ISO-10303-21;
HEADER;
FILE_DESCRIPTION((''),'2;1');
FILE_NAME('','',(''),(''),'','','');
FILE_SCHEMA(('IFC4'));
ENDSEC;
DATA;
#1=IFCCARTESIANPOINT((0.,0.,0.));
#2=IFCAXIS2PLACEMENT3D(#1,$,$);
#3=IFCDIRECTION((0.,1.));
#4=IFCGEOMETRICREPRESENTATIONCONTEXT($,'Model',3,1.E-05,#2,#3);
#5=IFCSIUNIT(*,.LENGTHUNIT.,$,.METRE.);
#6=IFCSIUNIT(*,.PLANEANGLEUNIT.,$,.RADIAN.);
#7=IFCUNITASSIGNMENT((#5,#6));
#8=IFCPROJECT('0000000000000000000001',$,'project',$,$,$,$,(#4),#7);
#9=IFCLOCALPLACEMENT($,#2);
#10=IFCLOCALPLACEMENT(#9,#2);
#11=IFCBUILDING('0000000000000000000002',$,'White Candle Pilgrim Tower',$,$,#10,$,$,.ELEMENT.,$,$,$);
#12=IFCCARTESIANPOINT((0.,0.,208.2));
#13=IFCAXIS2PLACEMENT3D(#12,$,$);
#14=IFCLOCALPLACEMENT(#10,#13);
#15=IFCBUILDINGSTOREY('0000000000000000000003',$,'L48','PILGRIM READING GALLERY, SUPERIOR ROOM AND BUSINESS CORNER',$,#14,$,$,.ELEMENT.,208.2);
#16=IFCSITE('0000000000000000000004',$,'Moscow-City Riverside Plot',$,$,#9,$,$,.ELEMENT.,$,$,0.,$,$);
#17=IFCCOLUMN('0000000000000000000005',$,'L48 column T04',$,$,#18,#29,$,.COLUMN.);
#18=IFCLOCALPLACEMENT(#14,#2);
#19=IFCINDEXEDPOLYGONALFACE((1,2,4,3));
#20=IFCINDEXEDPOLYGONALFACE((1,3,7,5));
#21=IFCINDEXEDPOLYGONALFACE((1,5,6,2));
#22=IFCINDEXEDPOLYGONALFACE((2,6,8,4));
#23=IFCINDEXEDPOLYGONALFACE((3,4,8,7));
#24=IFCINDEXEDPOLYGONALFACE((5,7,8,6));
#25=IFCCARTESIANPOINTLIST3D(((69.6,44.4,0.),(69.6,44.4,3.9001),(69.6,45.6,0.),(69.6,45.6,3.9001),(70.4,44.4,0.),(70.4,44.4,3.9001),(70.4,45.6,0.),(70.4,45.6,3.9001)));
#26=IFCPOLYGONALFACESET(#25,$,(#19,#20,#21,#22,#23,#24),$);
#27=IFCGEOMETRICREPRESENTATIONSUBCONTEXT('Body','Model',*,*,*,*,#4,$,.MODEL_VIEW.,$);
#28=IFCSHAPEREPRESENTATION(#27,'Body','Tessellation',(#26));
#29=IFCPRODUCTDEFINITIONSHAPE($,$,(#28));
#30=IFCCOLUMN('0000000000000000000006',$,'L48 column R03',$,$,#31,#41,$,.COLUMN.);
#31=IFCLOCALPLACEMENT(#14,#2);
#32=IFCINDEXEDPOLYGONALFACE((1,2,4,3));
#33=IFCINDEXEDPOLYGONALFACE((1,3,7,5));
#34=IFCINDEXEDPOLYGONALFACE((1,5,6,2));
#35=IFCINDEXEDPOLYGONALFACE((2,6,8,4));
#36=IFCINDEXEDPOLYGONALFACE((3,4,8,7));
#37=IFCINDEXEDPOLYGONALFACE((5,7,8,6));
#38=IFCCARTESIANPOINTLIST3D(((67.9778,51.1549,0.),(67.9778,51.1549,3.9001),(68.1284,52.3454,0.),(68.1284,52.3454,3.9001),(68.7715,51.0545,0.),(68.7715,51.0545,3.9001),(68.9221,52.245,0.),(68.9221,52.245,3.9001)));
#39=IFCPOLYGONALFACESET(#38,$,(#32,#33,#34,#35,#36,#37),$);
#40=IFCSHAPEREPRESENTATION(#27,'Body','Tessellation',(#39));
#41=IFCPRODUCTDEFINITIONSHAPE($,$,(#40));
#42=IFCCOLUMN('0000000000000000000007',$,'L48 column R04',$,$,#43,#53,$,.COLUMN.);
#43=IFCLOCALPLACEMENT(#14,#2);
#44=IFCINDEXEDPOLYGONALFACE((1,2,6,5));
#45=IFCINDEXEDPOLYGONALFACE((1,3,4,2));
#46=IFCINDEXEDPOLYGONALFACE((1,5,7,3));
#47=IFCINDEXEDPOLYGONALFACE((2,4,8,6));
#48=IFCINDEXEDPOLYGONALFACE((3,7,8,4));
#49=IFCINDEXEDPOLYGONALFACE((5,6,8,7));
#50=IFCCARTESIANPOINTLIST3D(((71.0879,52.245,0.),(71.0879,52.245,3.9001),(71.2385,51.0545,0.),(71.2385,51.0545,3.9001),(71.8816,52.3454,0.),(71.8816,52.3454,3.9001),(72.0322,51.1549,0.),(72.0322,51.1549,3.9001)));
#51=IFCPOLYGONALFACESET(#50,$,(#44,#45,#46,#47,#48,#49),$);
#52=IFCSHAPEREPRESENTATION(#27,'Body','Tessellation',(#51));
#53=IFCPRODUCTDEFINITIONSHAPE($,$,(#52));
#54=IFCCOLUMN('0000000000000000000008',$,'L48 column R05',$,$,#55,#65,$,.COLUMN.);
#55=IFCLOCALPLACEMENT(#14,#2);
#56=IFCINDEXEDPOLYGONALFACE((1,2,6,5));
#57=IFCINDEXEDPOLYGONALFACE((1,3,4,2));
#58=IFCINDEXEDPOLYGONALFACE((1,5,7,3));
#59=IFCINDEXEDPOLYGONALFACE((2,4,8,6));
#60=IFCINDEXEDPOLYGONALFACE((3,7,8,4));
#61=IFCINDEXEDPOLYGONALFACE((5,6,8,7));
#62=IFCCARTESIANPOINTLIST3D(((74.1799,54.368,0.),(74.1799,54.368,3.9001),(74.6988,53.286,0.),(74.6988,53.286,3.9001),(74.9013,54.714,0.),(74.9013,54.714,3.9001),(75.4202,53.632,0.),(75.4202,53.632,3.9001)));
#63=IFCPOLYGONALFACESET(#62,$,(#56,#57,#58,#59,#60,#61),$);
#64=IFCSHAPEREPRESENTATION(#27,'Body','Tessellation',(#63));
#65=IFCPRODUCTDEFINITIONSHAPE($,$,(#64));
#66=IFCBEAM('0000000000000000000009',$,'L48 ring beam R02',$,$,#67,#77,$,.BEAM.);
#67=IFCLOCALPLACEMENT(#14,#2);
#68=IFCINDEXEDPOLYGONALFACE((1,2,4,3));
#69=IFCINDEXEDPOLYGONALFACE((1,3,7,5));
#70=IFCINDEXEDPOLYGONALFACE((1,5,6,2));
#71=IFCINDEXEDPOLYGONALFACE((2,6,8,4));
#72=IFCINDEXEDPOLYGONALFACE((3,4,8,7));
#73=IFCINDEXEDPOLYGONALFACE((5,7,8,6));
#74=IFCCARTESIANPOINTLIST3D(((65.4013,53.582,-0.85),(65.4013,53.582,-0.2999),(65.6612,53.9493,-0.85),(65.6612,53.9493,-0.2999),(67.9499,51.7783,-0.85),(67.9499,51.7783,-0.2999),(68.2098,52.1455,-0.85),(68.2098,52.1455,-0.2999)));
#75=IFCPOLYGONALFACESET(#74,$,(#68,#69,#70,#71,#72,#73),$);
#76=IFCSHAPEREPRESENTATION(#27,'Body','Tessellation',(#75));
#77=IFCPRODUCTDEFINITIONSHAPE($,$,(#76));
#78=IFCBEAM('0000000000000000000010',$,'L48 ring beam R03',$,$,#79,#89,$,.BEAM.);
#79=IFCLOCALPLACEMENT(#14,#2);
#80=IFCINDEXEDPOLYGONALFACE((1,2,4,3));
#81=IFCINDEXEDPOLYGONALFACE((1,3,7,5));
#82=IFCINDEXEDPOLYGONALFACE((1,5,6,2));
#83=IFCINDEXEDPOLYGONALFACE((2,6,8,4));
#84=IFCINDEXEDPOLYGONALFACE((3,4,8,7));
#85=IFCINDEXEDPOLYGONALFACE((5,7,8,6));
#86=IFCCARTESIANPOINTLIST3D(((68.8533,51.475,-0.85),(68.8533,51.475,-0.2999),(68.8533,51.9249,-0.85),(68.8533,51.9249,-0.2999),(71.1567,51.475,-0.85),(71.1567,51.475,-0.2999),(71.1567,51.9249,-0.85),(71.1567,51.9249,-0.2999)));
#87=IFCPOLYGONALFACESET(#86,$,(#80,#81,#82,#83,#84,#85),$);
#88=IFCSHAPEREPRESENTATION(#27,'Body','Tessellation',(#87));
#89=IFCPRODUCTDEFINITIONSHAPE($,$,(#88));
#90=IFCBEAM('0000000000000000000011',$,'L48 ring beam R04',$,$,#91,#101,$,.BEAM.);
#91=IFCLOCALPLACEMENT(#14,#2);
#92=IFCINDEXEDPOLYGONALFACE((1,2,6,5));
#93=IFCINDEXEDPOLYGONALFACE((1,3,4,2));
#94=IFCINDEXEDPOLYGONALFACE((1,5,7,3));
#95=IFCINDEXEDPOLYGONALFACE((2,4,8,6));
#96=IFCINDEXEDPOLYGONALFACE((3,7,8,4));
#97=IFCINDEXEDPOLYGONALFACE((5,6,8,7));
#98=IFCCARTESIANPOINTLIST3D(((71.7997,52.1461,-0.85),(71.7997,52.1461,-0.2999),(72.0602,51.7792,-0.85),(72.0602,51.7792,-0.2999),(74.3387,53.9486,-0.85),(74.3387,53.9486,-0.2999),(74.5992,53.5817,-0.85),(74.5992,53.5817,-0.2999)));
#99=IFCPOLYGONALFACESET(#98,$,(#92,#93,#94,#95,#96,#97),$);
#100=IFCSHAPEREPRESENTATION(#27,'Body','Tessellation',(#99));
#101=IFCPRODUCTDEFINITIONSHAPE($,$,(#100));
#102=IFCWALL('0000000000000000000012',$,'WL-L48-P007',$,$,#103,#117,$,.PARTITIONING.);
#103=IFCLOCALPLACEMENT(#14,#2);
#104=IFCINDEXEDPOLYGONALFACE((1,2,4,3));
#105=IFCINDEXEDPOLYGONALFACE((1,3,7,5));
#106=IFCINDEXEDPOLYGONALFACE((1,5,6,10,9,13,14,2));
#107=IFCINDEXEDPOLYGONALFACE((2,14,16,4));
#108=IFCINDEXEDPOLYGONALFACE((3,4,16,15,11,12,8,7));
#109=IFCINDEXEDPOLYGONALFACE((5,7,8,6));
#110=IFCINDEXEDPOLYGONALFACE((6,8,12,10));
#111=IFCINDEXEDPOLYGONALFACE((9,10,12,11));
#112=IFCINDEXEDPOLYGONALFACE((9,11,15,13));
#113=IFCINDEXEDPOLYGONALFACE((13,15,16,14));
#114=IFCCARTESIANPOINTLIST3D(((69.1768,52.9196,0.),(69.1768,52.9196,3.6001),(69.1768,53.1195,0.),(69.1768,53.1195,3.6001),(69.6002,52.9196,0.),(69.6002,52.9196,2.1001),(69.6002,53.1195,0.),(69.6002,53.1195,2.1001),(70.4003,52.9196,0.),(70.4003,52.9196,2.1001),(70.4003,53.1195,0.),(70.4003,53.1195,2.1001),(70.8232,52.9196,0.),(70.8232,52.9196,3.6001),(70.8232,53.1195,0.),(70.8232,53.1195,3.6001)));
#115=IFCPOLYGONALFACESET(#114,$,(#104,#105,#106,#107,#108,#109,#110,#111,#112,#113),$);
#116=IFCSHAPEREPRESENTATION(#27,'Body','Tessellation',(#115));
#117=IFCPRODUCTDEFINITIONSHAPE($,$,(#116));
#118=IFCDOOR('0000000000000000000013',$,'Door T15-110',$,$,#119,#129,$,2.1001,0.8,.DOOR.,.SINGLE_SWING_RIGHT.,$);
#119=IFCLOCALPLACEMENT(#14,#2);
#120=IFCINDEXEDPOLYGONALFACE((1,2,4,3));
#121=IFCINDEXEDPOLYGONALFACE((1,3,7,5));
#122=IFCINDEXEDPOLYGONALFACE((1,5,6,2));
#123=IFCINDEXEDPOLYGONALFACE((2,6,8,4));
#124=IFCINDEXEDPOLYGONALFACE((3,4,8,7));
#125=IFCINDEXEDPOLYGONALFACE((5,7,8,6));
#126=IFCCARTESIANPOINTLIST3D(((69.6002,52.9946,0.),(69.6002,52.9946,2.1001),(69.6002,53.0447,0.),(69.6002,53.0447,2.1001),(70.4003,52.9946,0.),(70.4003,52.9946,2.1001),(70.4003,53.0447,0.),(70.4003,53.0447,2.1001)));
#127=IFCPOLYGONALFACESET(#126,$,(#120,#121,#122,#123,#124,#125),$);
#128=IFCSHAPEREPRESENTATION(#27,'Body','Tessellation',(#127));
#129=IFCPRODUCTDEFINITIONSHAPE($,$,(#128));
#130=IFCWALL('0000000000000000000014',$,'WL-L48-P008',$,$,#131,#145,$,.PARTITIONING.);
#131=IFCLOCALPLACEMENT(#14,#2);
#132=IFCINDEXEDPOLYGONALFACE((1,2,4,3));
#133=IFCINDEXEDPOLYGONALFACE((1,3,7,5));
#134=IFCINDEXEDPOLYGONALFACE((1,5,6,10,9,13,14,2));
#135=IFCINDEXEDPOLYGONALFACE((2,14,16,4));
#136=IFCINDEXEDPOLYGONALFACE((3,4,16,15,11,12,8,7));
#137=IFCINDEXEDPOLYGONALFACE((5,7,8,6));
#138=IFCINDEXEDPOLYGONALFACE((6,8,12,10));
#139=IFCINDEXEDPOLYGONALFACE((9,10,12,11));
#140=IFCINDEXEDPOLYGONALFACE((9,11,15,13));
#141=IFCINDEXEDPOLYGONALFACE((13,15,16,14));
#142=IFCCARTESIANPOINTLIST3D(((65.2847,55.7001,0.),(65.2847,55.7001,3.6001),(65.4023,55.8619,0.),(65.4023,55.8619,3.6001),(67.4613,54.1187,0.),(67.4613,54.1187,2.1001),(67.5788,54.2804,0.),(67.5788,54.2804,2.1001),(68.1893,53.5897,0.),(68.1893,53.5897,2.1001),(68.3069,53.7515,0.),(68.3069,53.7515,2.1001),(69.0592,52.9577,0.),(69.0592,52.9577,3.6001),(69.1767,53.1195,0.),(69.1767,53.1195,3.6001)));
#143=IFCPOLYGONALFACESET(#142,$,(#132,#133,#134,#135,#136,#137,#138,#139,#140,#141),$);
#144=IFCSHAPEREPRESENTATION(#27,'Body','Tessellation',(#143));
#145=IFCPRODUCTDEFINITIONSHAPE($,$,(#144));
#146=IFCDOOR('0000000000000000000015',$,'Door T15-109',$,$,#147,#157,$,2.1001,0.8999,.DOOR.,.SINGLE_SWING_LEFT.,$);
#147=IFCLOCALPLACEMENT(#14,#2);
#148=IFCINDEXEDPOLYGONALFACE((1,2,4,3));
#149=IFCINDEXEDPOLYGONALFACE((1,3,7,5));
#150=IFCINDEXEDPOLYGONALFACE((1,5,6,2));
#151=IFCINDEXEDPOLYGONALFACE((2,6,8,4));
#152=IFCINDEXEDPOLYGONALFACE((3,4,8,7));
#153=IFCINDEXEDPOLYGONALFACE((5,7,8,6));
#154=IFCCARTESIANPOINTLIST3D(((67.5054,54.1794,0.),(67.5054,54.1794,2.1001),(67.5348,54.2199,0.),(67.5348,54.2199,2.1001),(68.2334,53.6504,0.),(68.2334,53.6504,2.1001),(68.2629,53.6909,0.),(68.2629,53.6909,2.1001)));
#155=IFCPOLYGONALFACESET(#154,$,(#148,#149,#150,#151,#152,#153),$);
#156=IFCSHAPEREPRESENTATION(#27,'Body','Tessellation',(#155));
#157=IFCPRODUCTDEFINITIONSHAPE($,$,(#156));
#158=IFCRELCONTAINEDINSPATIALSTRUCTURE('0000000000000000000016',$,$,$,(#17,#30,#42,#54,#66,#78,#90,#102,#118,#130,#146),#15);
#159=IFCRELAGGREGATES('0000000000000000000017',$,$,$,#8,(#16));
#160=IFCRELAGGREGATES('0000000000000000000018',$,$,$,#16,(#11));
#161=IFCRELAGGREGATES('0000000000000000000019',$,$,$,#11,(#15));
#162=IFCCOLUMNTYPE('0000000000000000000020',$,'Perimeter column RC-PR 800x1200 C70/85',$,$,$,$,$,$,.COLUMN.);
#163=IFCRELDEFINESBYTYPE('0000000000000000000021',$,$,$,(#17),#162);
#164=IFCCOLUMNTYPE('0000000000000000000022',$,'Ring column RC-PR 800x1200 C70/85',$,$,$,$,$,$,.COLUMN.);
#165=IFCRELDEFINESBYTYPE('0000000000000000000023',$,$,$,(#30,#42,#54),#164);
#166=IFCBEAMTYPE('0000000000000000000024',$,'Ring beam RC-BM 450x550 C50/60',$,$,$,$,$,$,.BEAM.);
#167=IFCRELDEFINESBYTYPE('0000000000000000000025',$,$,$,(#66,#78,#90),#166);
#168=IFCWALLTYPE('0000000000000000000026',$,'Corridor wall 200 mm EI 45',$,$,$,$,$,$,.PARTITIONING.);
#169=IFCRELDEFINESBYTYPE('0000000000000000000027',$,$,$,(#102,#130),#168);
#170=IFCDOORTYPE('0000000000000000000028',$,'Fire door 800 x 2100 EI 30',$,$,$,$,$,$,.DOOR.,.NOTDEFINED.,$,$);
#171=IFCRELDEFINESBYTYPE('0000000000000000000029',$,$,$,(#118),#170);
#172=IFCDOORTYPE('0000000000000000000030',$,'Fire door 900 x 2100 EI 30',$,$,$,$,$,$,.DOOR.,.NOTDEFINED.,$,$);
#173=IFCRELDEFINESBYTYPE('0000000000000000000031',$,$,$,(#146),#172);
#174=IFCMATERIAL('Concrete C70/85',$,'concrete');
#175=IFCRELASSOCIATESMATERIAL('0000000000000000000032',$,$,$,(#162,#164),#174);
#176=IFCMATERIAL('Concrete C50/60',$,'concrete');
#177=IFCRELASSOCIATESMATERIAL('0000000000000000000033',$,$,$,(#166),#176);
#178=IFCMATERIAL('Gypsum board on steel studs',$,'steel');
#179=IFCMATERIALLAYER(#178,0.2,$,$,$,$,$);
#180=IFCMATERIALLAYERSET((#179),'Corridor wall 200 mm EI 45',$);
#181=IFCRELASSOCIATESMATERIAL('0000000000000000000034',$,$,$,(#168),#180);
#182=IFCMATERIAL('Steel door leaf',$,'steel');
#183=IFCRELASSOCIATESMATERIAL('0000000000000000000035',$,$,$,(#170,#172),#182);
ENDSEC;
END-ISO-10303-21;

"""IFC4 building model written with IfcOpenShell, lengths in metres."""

from ifc_helpers import new_model, si_unit, direction, frame, frame_2d, origin, origin_2d, place, context, subcontext, project, spatial, rectangle, extrude, material, layer, layer_set, material_profile, profile_set, type_object, element, fill, save


model = new_model("IFC4")

# Units and contexts
model_context = context("Model", 3, precision=1e-05, world=origin(), true_north=direction((0.0, 1.0)))
body_context = subcontext(model_context, "Body", "Model", "MODEL_VIEW")
ifc_project = project(units=[si_unit("LENGTHUNIT", "METRE"), si_unit("PLANEANGLEUNIT", "RADIAN")], contexts=[model_context])

# Site, building, storey
site_placement = place(None, origin())
site = spatial("IfcSite", under=ifc_project, at=site_placement, Name="Moscow-City Riverside Plot", CompositionType="ELEMENT", RefElevation=0.0)
building_placement = place(site_placement, origin())
building = spatial("IfcBuilding", under=site, at=building_placement, Name="White Candle Pilgrim Tower", CompositionType="ELEMENT")
storey_placement = place(building_placement, frame((0.0, 0.0, 208.2)))
storey = spatial("IfcBuildingStorey", under=building, at=storey_placement, Name="L48", Description="PILGRIM READING GALLERY, SUPERIOR ROOM AND BUSINESS CORNER", CompositionType="ELEMENT", Elevation=208.2)

# Columns
ifc_material_1 = material(Name="Concrete C70/85", Category="concrete")
ifc_material_profile_1 = material_profile(ifc_material_1, rectangle(XDim=0.8, YDim=1.2, at=origin_2d()), Name="RC-PR 800x1200")
ifc_profile_set_1 = profile_set([ifc_material_profile_1], Name="Concrete C70/85")
column_type_1 = type_object("IfcColumnType", Name="Perimeter column RC-PR 800x1200 C70/85", PredefinedType="COLUMN", material=ifc_profile_set_1)
column_placement = place(storey_placement, frame((70.0, 45.0, 0.0), z_axis=(0.0, 0.0, 1.0), x_axis=(-1.0, 0.0, 0.0)))
element("IfcColumn", 1, at=column_placement, inside=storey, type_object=column_type_1, Name="L48 column T04", PredefinedType="COLUMN", context=body_context, shape_type="SweptSolid", body=[
    extrude(rectangle(XDim=0.8, YDim=1.2, at=origin_2d()), origin(), (0.0, 0.0, 1.0), 3.9001),
])
ifc_material_profile_2 = material_profile(ifc_material_1, rectangle(XDim=0.8, YDim=1.2, at=origin_2d()), Name="RC-PR 800x1200")
ifc_profile_set_2 = profile_set([ifc_material_profile_2], Name="Concrete C70/85")
column_type_2 = type_object("IfcColumnType", Name="Ring column RC-PR 800x1200 C70/85", PredefinedType="COLUMN", material=ifc_profile_set_2)
for number, where, z_axis, x_axis, name in (
    (2, (68.45, 51.7, 0.0), (0.0, 0.0, 1.0), (-0.992093, 0.125506, 0.0), "L48 column R03"),
    (3, (71.5601, 51.7, 0.0), (0.0, 0.0, 1.0), (-0.992093, -0.125506, 0.0), "L48 column R04"),
    (4, (74.8, 54.0, 0.0), (0.0, 0.0, 1.0), (-0.901689, -0.432385, 0.0), "L48 column R05"),
):
    element("IfcColumn", number, at=place(storey_placement, frame(where, z_axis=z_axis, x_axis=x_axis)), inside=storey, type_object=column_type_2, Name=name, PredefinedType="COLUMN", context=body_context, shape_type="SweptSolid", body=[
        extrude(rectangle(XDim=0.8, YDim=1.2, at=origin_2d()), origin(), (0.0, 0.0, 1.0), 3.9001),
    ])

# Beams
ifc_material_2 = material(Name="Concrete C50/60", Category="concrete")
ifc_material_profile_3 = material_profile(ifc_material_2, rectangle(XDim=0.45, YDim=0.55, at=origin_2d()), Name="RC-BM 450x550")
ifc_profile_set_3 = profile_set([ifc_material_profile_3], Name="Concrete C50/60")
beam_type = type_object("IfcBeamType", Name="Ring beam RC-BM 450x550 C50/60", PredefinedType="BEAM", material=ifc_profile_set_3)
beam_1_placement = place(storey_placement, frame((65.5312, 53.7656, -0.575), z_axis=(0.816256, -0.57769, 0.0), x_axis=(0.57769, 0.816256, 0.0)))
element("IfcBeam", 5, at=beam_1_placement, inside=storey, type_object=beam_type, Name="L48 ring beam R02", PredefinedType="BEAM", context=body_context, shape_type="SweptSolid", body=[
    extrude(rectangle(XDim=0.45, YDim=0.55, at=origin_2d()), origin(), (0.0, 0.0, 1.0), 3.1223),
])
beam_2_placement = place(storey_placement, frame((68.8533, 51.7, -0.575), z_axis=(1.0, 0.0, 0.0), x_axis=(0.0, 1.0, 0.0)))
element("IfcBeam", 6, at=beam_2_placement, inside=storey, type_object=beam_type, Name="L48 ring beam R03", PredefinedType="BEAM", context=body_context, shape_type="SweptSolid", body=[
    extrude(rectangle(XDim=0.45, YDim=0.55, at=origin_2d()), origin(), (0.0, 0.0, 1.0), 2.3035),
])
beam_3_placement = place(storey_placement, frame((71.9299, 51.9626, -0.575), z_axis=(0.81542, 0.57887, 0.0), x_axis=(-0.57887, 0.81542, 0.0)))
element("IfcBeam", 7, at=beam_3_placement, inside=storey, type_object=beam_type, Name="L48 ring beam R04", PredefinedType="BEAM", context=body_context, shape_type="SweptSolid", body=[
    extrude(rectangle(XDim=0.45, YDim=0.55, at=origin_2d()), origin(), (0.0, 0.0, 1.0), 3.1138),
])

# Walls, openings, doors
ifc_material_3 = material(Name="Gypsum board on steel studs", Category="steel")
ifc_layer_1 = layer(ifc_material_3, 0.2)
ifc_layer_set_1 = layer_set([ifc_layer_1], Name="Corridor wall 200 mm EI 45")
wall_type_1 = type_object("IfcWallType", Name="Corridor wall 200 mm EI 45", PredefinedType="PARTITIONING", material=ifc_layer_set_1)
wall_1_placement = place(storey_placement, frame((70.8232, 53.0195, 0.0), z_axis=(0.0, 0.0, 1.0), x_axis=(-1.0, 0.0, 0.0)))
wall_1 = element("IfcWall", 8, at=wall_1_placement, inside=storey, type_object=wall_type_1, Name="WL-L48-P007", PredefinedType="PARTITIONING", context=body_context, shape_type="SweptSolid", body=[
    extrude(rectangle(XDim=1.6465, YDim=0.2, at=frame_2d((0.8232, 0.0))), origin(), (0.0, 0.0, 1.0), 3.6001),
])
opening_1_placement = place(wall_1_placement, frame((0.4231, 0.0, 0.0)))
opening_1 = element("IfcOpeningElement", 9, at=opening_1_placement, cuts=wall_1, PredefinedType="OPENING", context=body_context, shape_type="SweptSolid", body=[
    extrude(rectangle(XDim=0.8, YDim=2.1001, at=frame_2d((0.3999, 1.05))), frame((0.0, 0.1099, 0.0), z_axis=(0.0, -1.0, 0.0), x_axis=(1.0, 0.0, 0.0)), (0.0, 0.0, 1.0), 0.22),
])
ifc_material_4 = material(Name="Steel door leaf", Category="steel")
door_type_1 = type_object("IfcDoorType", Name="Fire door 800 x 2100 EI 30", OperationType="NOTDEFINED", PredefinedType="DOOR", material=ifc_material_4)
door_1_placement = place(opening_1_placement, origin())
door_1 = element("IfcDoor", 10, at=door_1_placement, inside=storey, type_object=door_type_1, Name="Door T15-110", OperationType="SINGLE_SWING_RIGHT", OverallHeight=2.1001, OverallWidth=0.8, PredefinedType="DOOR", context=body_context, shape_type="SweptSolid", body=[
    extrude(rectangle(XDim=0.8, YDim=2.1001, at=frame_2d((0.3999, 1.05))), frame((0.0, 0.0249, 0.0), z_axis=(0.0, -1.0, 0.0), x_axis=(1.0, 0.0, 0.0)), (0.0, 0.0, 1.0), 0.05),
])
fill(opening_1, door_1)
wall_2_placement = place(storey_placement, frame((69.1179, 53.0386, 0.0), z_axis=(0.0, 0.0, 1.0), x_axis=(-0.809001, 0.587808, 0.0)))
wall_2 = element("IfcWall", 11, at=wall_2_placement, inside=storey, type_object=wall_type_1, Name="WL-L48-P008", PredefinedType="PARTITIONING", context=body_context, shape_type="SweptSolid", body=[
    extrude(rectangle(XDim=4.6655, YDim=0.2, at=frame_2d((2.3328, 0.0))), origin(), (0.0, 0.0, 1.0), 3.6001),
])
opening_2_placement = place(wall_2_placement, frame((1.0752, 0.0, 0.0)))
opening_2 = element("IfcOpeningElement", 12, at=opening_2_placement, cuts=wall_2, PredefinedType="OPENING", context=body_context, shape_type="SweptSolid", body=[
    extrude(rectangle(XDim=0.8999, YDim=2.1001, at=frame_2d((0.45, 1.05))), frame((0.0, 0.1099, 0.0), z_axis=(0.0, -1.0, 0.0), x_axis=(1.0, 0.0, 0.0)), (0.0, 0.0, 1.0), 0.22),
])
door_type_2 = type_object("IfcDoorType", Name="Fire door 900 x 2100 EI 30", OperationType="NOTDEFINED", PredefinedType="DOOR", material=ifc_material_4)
door_2_placement = place(opening_2_placement, origin())
door_2 = element("IfcDoor", 13, at=door_2_placement, inside=storey, type_object=door_type_2, Name="Door T15-109", OperationType="SINGLE_SWING_LEFT", OverallHeight=2.1001, OverallWidth=0.8999, PredefinedType="DOOR", context=body_context, shape_type="SweptSolid", body=[
    extrude(rectangle(XDim=0.8999, YDim=2.1001, at=frame_2d((0.45, 1.05))), frame((0.0, 0.0249, 0.0), z_axis=(0.0, -1.0, 0.0), x_axis=(1.0, 0.0, 0.0)), (0.0, 0.0, 1.0), 0.05),
])
fill(opening_2, door_2)

save(model, "model.ifc")
